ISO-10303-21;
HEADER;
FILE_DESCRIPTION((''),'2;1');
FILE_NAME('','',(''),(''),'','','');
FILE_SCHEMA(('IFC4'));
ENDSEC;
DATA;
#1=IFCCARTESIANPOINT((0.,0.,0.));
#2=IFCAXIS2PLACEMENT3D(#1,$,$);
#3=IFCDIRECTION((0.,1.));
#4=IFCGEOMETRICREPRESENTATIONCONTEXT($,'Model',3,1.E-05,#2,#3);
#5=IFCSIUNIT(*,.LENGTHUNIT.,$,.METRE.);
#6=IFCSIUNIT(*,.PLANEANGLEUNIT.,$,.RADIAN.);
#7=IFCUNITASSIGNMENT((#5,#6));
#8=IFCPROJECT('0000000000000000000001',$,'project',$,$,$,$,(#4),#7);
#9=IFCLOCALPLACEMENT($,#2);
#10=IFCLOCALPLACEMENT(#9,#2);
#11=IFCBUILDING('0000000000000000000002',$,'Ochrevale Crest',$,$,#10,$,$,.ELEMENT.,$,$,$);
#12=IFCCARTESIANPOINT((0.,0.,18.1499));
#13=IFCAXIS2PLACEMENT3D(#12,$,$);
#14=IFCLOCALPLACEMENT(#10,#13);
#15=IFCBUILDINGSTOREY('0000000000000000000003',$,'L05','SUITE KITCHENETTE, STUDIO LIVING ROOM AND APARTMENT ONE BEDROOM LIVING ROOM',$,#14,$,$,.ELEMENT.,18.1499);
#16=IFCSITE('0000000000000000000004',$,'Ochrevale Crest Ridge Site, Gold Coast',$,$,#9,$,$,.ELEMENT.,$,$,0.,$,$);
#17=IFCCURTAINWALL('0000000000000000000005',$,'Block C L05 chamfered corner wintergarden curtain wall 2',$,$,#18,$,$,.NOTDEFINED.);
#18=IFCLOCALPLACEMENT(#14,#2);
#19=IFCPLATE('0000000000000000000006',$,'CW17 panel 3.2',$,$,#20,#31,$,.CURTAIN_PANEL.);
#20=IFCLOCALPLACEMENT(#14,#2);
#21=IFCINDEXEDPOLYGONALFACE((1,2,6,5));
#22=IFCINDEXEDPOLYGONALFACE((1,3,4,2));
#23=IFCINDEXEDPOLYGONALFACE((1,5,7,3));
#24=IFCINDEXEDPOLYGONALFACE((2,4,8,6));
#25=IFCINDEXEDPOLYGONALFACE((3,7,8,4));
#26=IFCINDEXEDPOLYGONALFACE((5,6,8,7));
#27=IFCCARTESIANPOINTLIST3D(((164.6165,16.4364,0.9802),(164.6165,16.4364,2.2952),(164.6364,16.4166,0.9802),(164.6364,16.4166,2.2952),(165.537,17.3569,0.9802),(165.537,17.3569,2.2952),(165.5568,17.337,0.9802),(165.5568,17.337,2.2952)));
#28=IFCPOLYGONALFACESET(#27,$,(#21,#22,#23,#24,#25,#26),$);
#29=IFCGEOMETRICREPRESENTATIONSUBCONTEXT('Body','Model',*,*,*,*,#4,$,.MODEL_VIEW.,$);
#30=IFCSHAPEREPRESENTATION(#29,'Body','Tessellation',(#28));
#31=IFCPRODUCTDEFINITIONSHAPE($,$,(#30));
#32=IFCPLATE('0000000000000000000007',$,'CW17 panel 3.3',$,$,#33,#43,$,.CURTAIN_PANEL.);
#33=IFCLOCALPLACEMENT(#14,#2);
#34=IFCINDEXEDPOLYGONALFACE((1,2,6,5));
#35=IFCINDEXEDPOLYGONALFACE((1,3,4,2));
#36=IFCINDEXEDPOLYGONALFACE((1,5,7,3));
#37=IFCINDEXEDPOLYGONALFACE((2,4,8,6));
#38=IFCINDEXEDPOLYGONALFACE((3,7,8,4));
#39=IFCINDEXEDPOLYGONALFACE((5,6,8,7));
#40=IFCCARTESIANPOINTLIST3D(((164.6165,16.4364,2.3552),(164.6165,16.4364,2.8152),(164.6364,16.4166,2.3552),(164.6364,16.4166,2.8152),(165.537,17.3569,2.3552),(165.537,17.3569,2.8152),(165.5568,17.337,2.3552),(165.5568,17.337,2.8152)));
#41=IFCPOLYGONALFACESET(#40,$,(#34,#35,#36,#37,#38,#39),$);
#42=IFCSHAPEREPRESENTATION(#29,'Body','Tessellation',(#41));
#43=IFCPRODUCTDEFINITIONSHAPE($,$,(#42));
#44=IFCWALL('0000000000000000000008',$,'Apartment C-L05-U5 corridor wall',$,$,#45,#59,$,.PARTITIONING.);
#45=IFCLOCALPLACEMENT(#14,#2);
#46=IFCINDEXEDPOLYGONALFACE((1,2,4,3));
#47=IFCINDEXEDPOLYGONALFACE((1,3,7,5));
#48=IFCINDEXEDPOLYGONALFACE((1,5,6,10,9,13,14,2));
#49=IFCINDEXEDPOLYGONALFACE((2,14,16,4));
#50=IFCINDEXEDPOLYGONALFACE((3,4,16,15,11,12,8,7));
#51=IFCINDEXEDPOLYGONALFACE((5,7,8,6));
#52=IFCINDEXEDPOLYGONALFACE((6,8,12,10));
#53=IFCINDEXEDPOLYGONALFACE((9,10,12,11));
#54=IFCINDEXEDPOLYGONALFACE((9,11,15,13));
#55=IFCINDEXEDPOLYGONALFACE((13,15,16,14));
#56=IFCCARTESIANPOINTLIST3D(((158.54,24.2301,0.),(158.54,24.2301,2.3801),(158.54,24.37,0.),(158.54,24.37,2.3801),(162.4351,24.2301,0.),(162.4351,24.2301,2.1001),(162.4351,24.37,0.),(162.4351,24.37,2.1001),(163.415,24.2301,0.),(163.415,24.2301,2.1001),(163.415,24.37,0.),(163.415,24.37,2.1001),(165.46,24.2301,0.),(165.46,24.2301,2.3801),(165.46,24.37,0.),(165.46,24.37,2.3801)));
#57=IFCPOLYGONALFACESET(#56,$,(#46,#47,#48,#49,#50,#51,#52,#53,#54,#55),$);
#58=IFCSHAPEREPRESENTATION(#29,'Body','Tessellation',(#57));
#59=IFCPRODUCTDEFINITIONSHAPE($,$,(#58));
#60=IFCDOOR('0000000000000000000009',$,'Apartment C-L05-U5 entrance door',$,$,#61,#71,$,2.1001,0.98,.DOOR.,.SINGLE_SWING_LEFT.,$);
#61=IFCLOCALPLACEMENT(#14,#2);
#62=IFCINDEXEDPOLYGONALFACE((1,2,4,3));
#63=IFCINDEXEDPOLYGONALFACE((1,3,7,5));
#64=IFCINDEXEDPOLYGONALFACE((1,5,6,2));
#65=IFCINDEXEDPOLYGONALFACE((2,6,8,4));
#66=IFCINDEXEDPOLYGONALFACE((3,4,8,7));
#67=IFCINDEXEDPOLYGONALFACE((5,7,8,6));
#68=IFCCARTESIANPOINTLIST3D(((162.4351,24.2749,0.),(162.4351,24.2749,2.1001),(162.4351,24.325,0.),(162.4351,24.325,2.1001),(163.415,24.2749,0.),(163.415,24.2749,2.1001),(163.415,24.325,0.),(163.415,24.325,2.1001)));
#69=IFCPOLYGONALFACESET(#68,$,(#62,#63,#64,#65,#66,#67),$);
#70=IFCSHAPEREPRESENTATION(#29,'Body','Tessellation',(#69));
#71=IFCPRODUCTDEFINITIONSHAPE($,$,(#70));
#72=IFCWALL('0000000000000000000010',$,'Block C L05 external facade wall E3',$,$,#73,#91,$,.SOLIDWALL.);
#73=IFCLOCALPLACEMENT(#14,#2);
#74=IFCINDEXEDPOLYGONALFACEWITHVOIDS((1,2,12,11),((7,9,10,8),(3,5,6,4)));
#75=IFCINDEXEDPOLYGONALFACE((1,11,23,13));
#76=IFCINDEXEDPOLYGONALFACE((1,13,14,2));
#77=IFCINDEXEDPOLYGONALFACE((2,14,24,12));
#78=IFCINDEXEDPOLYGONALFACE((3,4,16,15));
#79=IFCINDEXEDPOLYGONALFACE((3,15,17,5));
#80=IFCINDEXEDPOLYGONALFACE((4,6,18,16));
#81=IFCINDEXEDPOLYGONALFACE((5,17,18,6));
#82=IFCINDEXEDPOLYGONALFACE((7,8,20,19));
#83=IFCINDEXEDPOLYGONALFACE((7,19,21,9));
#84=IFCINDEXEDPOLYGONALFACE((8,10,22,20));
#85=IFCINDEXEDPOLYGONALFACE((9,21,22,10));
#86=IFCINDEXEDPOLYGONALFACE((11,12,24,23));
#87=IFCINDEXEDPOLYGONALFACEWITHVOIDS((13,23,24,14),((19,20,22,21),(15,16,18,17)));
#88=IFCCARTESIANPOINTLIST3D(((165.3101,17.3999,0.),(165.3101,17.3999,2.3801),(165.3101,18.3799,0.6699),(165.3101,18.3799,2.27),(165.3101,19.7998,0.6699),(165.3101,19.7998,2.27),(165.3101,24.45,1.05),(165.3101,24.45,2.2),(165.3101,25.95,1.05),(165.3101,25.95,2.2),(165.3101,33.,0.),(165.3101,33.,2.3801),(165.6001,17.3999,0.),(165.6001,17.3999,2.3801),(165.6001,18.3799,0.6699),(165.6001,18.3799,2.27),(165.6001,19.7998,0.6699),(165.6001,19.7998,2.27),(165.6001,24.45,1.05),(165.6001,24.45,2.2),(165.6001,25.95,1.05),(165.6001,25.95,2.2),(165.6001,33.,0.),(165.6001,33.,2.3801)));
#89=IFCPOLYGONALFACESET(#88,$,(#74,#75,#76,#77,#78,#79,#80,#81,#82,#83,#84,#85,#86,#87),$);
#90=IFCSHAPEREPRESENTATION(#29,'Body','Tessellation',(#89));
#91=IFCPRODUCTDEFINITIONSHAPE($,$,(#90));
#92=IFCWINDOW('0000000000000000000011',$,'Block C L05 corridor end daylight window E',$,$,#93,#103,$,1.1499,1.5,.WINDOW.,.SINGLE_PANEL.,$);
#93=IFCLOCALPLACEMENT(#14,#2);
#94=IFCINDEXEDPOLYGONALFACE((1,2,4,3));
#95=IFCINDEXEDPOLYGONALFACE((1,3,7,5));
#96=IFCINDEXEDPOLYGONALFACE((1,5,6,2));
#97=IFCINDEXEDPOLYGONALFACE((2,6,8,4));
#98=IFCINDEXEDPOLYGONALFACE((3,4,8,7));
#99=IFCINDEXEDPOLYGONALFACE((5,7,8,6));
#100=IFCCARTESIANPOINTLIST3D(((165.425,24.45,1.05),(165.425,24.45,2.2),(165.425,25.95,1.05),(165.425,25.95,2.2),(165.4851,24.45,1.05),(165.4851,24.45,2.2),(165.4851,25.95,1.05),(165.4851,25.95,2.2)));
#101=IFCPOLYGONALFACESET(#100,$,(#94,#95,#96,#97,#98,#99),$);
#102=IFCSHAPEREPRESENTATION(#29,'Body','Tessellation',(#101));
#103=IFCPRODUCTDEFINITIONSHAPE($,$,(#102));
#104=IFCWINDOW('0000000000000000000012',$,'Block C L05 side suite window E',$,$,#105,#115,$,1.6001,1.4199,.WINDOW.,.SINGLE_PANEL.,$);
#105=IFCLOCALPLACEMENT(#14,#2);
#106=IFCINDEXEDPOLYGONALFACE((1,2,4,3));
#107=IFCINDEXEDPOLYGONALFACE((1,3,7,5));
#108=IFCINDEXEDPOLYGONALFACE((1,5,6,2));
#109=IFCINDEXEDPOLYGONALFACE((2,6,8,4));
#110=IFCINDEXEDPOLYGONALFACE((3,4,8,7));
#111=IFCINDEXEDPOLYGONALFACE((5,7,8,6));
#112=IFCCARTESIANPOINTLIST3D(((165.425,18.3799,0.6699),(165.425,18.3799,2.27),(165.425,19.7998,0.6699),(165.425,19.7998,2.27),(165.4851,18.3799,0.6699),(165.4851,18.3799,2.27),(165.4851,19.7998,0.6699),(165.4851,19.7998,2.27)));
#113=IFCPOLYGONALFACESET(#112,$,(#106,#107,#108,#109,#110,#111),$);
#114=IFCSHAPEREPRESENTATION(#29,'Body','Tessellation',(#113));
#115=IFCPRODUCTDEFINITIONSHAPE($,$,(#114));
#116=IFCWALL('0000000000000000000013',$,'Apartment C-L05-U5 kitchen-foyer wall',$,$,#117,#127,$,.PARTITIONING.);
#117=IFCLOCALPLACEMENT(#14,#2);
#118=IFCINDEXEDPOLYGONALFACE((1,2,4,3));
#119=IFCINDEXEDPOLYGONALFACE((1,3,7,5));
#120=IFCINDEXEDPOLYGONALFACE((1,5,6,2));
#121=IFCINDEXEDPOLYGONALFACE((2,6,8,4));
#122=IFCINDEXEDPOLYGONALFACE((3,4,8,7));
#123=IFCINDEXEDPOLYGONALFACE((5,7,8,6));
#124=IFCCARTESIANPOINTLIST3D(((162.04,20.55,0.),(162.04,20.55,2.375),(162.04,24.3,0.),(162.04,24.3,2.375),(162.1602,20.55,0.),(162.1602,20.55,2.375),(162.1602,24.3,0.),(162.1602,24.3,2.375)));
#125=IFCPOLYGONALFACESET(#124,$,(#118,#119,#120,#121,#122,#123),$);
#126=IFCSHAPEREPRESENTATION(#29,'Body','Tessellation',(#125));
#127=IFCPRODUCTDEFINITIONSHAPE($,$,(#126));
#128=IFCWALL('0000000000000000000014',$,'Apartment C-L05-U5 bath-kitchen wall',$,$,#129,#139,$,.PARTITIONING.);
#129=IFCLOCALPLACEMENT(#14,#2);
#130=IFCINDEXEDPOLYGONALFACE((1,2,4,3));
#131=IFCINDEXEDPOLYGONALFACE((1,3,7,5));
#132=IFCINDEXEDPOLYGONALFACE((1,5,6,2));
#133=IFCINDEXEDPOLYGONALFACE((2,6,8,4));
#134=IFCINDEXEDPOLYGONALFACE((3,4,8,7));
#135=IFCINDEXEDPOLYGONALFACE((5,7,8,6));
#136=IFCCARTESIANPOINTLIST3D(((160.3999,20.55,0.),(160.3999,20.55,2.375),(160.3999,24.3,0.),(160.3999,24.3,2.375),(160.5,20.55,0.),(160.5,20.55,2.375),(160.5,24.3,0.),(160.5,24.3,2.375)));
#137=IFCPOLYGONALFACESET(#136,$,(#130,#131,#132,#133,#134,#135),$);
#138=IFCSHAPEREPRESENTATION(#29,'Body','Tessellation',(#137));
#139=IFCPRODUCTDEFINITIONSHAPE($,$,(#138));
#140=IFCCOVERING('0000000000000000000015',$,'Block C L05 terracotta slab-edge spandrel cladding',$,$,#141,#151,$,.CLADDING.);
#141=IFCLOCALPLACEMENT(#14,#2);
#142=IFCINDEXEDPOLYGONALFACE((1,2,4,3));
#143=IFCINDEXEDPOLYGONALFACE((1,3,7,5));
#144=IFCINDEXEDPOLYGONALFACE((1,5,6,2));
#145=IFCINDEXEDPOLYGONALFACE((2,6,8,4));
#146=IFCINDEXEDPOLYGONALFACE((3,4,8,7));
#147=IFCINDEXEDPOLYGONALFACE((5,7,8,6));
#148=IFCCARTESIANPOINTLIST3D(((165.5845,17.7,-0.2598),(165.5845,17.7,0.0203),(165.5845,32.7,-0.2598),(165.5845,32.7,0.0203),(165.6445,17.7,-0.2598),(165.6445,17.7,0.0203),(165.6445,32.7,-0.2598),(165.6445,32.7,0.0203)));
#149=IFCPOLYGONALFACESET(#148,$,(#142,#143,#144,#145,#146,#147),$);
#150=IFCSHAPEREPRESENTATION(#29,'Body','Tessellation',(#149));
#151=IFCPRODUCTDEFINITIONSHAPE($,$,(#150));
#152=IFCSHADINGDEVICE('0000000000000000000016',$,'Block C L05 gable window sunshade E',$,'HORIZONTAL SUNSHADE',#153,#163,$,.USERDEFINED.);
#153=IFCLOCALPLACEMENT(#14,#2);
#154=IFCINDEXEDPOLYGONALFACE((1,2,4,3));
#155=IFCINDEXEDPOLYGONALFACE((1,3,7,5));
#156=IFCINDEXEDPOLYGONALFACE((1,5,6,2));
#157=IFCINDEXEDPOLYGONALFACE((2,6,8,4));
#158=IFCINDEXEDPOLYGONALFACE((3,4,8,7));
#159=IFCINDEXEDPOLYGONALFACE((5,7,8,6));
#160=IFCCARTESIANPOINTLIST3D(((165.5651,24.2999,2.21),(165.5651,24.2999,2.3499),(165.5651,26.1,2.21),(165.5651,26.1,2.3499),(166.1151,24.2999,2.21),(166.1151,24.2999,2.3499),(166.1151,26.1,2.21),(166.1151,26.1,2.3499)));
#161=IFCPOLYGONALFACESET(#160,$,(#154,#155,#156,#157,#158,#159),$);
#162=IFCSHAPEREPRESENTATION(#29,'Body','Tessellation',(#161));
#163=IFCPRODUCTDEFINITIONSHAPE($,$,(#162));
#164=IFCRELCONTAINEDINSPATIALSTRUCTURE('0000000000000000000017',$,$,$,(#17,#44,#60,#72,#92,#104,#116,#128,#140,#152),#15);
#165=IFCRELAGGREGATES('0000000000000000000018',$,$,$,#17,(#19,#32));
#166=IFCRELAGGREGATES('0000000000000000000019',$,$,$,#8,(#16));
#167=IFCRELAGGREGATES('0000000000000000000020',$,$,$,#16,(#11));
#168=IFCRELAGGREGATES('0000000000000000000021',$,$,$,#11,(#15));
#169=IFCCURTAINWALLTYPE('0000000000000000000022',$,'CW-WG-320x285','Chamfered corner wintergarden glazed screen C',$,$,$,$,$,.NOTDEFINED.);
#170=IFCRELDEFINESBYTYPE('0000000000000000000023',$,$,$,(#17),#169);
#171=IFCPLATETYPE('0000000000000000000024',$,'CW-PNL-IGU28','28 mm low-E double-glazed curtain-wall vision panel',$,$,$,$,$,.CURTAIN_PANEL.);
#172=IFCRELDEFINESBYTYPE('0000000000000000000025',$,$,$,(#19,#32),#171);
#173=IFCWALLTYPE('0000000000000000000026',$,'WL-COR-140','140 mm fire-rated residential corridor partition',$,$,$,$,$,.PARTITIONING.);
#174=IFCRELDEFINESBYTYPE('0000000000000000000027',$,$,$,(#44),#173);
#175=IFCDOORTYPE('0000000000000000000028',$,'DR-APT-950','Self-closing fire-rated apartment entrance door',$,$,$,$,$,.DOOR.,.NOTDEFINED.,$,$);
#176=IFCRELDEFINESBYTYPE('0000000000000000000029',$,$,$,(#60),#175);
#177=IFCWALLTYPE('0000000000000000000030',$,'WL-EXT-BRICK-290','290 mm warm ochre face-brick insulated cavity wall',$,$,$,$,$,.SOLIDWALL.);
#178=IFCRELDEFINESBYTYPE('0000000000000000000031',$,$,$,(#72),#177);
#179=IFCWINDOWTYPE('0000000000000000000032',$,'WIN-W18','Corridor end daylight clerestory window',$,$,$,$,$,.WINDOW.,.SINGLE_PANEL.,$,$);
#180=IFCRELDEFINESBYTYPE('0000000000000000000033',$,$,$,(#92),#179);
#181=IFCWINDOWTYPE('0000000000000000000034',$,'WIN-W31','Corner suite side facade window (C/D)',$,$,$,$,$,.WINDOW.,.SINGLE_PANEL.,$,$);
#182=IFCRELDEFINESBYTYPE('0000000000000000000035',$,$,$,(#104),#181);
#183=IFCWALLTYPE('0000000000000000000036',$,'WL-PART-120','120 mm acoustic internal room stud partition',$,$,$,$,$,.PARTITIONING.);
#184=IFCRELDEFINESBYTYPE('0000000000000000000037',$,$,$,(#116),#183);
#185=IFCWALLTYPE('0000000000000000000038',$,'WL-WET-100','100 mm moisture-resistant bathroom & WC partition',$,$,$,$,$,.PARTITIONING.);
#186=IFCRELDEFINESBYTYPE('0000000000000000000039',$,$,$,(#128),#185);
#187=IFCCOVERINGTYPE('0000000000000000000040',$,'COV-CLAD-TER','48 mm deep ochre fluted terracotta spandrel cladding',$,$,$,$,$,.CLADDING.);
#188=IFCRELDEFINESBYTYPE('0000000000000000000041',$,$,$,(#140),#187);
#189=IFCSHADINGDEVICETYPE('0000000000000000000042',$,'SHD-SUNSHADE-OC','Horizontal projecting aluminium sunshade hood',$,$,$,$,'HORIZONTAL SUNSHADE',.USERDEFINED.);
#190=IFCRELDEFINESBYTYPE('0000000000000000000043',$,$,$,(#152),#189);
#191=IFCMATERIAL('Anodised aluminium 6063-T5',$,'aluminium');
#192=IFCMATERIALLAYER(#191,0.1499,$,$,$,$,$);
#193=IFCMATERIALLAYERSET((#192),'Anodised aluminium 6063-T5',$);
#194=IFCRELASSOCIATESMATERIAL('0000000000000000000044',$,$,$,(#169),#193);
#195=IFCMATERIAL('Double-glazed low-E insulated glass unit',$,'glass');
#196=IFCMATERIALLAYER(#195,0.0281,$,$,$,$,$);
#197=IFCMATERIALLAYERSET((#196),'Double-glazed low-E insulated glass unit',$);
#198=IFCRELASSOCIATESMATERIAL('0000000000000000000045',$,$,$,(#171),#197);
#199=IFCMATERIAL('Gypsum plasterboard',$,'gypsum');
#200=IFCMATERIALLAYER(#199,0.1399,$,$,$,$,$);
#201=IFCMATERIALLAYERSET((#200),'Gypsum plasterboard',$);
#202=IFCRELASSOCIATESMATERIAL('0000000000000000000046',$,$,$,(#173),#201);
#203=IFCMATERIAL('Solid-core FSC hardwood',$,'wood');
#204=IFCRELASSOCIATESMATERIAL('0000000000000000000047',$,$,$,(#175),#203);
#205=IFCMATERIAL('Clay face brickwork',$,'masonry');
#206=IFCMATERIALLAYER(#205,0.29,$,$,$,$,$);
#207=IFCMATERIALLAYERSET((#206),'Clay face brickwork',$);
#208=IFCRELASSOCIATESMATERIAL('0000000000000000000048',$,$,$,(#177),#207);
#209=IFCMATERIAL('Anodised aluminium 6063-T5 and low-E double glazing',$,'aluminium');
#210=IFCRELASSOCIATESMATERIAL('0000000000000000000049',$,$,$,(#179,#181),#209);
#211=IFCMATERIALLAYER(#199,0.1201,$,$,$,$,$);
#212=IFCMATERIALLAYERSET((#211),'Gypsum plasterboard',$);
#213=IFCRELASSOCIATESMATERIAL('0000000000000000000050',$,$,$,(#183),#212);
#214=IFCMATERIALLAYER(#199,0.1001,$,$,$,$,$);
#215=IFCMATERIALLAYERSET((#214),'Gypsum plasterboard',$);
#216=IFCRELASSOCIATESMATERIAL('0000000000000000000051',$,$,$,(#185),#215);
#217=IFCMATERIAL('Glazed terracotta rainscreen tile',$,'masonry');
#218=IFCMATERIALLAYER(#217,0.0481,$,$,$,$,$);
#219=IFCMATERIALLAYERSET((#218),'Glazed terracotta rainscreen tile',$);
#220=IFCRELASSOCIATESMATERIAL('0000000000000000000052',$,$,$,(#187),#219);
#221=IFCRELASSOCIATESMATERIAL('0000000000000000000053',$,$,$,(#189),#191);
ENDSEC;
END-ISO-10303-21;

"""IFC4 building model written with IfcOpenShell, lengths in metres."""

from ifc_helpers import new_model, si_unit, direction, frame, frame_2d, origin, origin_2d, place, context, subcontext, project, spatial, rectangle, extrude, material, layer, layer_set, type_object, element, fill, aggregate, save


model = new_model("IFC4")

# Units and contexts
model_context = context("Model", 3, precision=1e-05, world=origin(), true_north=direction((0.0, 1.0)))
body_context = subcontext(model_context, "Body", "Model", "MODEL_VIEW")
ifc_project = project(units=[si_unit("LENGTHUNIT", "METRE"), si_unit("PLANEANGLEUNIT", "RADIAN")], contexts=[model_context])

# Site, building, storey
site_placement = place(None, origin())
site = spatial("IfcSite", under=ifc_project, at=site_placement, Name="Ochrevale Crest Ridge Site, Gold Coast", CompositionType="ELEMENT", RefElevation=0.0)
building_placement = place(site_placement, origin())
building = spatial("IfcBuilding", under=site, at=building_placement, Name="Ochrevale Crest", CompositionType="ELEMENT")
storey_placement = place(building_placement, frame((0.0, 0.0, 18.1499)))
storey = spatial("IfcBuildingStorey", under=building, at=storey_placement, Name="L05", Description="SUITE KITCHENETTE, STUDIO LIVING ROOM AND APARTMENT ONE BEDROOM LIVING ROOM", CompositionType="ELEMENT", Elevation=18.1499)

# Curtain wall, plates
ifc_material_1 = material(Name="Anodised aluminium 6063-T5", Category="aluminium")
ifc_layer_1 = layer(ifc_material_1, 0.1499)
ifc_layer_set_1 = layer_set([ifc_layer_1], Name="Anodised aluminium 6063-T5")
curtain_wall_type = type_object("IfcCurtainWallType", Name="CW-WG-320x285", Description="Chamfered corner wintergarden glazed screen C", PredefinedType="NOTDEFINED", material=ifc_layer_set_1)
curtain_wall_placement = place(storey_placement, origin())
curtain_wall = element("IfcCurtainWall", 1, at=curtain_wall_placement, inside=storey, type_object=curtain_wall_type, Name="Block C L05 chamfered corner wintergarden curtain wall 2", PredefinedType="NOTDEFINED")
ifc_material_2 = material(Name="Double-glazed low-E insulated glass unit", Category="glass")
ifc_layer_2 = layer(ifc_material_2, 0.0281)
ifc_layer_set_2 = layer_set([ifc_layer_2], Name="Double-glazed low-E insulated glass unit")
plate_type = type_object("IfcPlateType", Name="CW-PNL-IGU28", Description="28 mm low-E double-glazed curtain-wall vision panel", PredefinedType="CURTAIN_PANEL", material=ifc_layer_set_2)
plate_1_placement = place(storey_placement, frame((165.0867, 16.8867, 0.9802), z_axis=(0.0, 0.0, 1.0), x_axis=(0.707107, 0.707107, 0.0)))
plate_1 = element("IfcPlate", 2, at=plate_1_placement, type_object=plate_type, Name="CW17 panel 3.2", PredefinedType="CURTAIN_PANEL", context=body_context, shape_type="SweptSolid", body=[
    extrude(rectangle(XDim=1.3018, YDim=0.0281, at=origin_2d()), origin(), (0.0, 0.0, 1.0), 1.3149),
])
plate_2_placement = place(storey_placement, frame((165.0867, 16.8867, 2.3552), z_axis=(0.0, 0.0, 1.0), x_axis=(0.707107, 0.707107, 0.0)))
plate_2 = element("IfcPlate", 3, at=plate_2_placement, type_object=plate_type, Name="CW17 panel 3.3", PredefinedType="CURTAIN_PANEL", context=body_context, shape_type="SweptSolid", body=[
    extrude(rectangle(XDim=1.3018, YDim=0.0281, at=origin_2d()), origin(), (0.0, 0.0, 1.0), 0.46),
])
aggregate(curtain_wall, [plate_1, plate_2])

# Wall, opening, door
ifc_material_3 = material(Name="Gypsum plasterboard", Category="gypsum")
ifc_layer_3 = layer(ifc_material_3, 0.1399)
ifc_layer_set_3 = layer_set([ifc_layer_3], Name="Gypsum plasterboard")
wall_type_1 = type_object("IfcWallType", Name="WL-COR-140", Description="140 mm fire-rated residential corridor partition", PredefinedType="PARTITIONING", material=ifc_layer_set_3)
wall_1_placement = place(storey_placement, frame((158.54, 24.3, 0.0), z_axis=(0.0, 0.0, 1.0), x_axis=(1.0, 0.0, 0.0)))
wall_1 = element("IfcWall", 4, at=wall_1_placement, inside=storey, type_object=wall_type_1, Name="Apartment C-L05-U5 corridor wall", PredefinedType="PARTITIONING", context=body_context, shape_type="SweptSolid", body=[
    extrude(rectangle(XDim=6.9199, YDim=0.1399, at=frame_2d((3.46, 0.0))), origin(), (0.0, 0.0, 1.0), 2.3801),
])
opening_1_placement = place(wall_1_placement, frame((3.895, 0.0, 0.0)))
opening_1 = element("IfcOpeningElement", 5, at=opening_1_placement, cuts=wall_1, PredefinedType="OPENING", context=body_context, shape_type="SweptSolid", body=[
    extrude(rectangle(XDim=0.98, YDim=2.1001, at=frame_2d((0.49, 1.05))), frame((0.0, 0.0801, 0.0), z_axis=(0.0, -1.0, 0.0), x_axis=(1.0, 0.0, 0.0)), (0.0, 0.0, 1.0), 0.1599),
])
ifc_material_4 = material(Name="Solid-core FSC hardwood", Category="wood")
door_type = type_object("IfcDoorType", Name="DR-APT-950", Description="Self-closing fire-rated apartment entrance door", OperationType="NOTDEFINED", PredefinedType="DOOR", material=ifc_material_4)
door_placement = place(opening_1_placement, origin())
door = element("IfcDoor", 6, at=door_placement, inside=storey, type_object=door_type, Name="Apartment C-L05-U5 entrance door", OperationType="SINGLE_SWING_LEFT", OverallHeight=2.1001, OverallWidth=0.98, PredefinedType="DOOR", context=body_context, shape_type="SweptSolid", body=[
    extrude(rectangle(XDim=0.98, YDim=2.1001, at=frame_2d((0.49, 1.05))), frame((0.0, 0.0249, 0.0), z_axis=(0.0, -1.0, 0.0), x_axis=(1.0, 0.0, 0.0)), (0.0, 0.0, 1.0), 0.05),
])
fill(opening_1, door)

# Wall, openings, windows
ifc_material_5 = material(Name="Clay face brickwork", Category="masonry")
ifc_layer_4 = layer(ifc_material_5, 0.29)
ifc_layer_set_4 = layer_set([ifc_layer_4], Name="Clay face brickwork")
wall_type_2 = type_object("IfcWallType", Name="WL-EXT-BRICK-290", Description="290 mm warm ochre face-brick insulated cavity wall", PredefinedType="SOLIDWALL", material=ifc_layer_set_4)
wall_2_placement = place(storey_placement, frame((165.4551, 17.3999, 0.0), z_axis=(0.0, 0.0, 1.0), x_axis=(0.0, 1.0, 0.0)))
wall_2 = element("IfcWall", 7, at=wall_2_placement, inside=storey, type_object=wall_type_2, Name="Block C L05 external facade wall E3", PredefinedType="SOLIDWALL", context=body_context, shape_type="SweptSolid", body=[
    extrude(rectangle(XDim=15.6001, YDim=0.29, at=frame_2d((7.8, 0.0))), origin(), (0.0, 0.0, 1.0), 2.3801),
])
opening_2_placement = place(wall_2_placement, frame((7.05, 0.0, 1.05)))
opening_2 = element("IfcOpeningElement", 8, at=opening_2_placement, cuts=wall_2, PredefinedType="OPENING", context=body_context, shape_type="SweptSolid", body=[
    extrude(rectangle(XDim=1.5, YDim=1.1499, at=frame_2d((0.75, 0.575))), frame((0.0, 0.155, 0.0), z_axis=(0.0, -1.0, 0.0), x_axis=(1.0, 0.0, 0.0)), (0.0, 0.0, 1.0), 0.3101),
])
opening_3_placement = place(wall_2_placement, frame((0.98, 0.0, 0.6699)))
opening_3 = element("IfcOpeningElement", 9, at=opening_3_placement, cuts=wall_2, PredefinedType="OPENING", context=body_context, shape_type="SweptSolid", body=[
    extrude(rectangle(XDim=1.4199, YDim=1.6001, at=frame_2d((0.71, 0.8))), frame((0.0, 0.155, 0.0), z_axis=(0.0, -1.0, 0.0), x_axis=(1.0, 0.0, 0.0)), (0.0, 0.0, 1.0), 0.3101),
])
ifc_material_6 = material(Name="Anodised aluminium 6063-T5 and low-E double glazing", Category="aluminium")
window_type_1 = type_object("IfcWindowType", Name="WIN-W18", Description="Corridor end daylight clerestory window", PartitioningType="SINGLE_PANEL", PredefinedType="WINDOW", material=ifc_material_6)
window_1_placement = place(opening_2_placement, origin())
window_1 = element("IfcWindow", 10, at=window_1_placement, inside=storey, type_object=window_type_1, Name="Block C L05 corridor end daylight window E", OverallHeight=1.1499, OverallWidth=1.5, PartitioningType="SINGLE_PANEL", PredefinedType="WINDOW", context=body_context, shape_type="SweptSolid", body=[
    extrude(rectangle(XDim=1.5, YDim=1.1499, at=frame_2d((0.75, 0.575))), frame((0.0, 0.03, 0.0), z_axis=(0.0, -1.0, 0.0), x_axis=(1.0, 0.0, 0.0)), (0.0, 0.0, 1.0), 0.0601),
])
fill(opening_2, window_1)
window_type_2 = type_object("IfcWindowType", Name="WIN-W31", Description="Corner suite side facade window (C/D)", PartitioningType="SINGLE_PANEL", PredefinedType="WINDOW", material=ifc_material_6)
window_2_placement = place(opening_3_placement, origin())
window_2 = element("IfcWindow", 11, at=window_2_placement, inside=storey, type_object=window_type_2, Name="Block C L05 side suite window E", OverallHeight=1.6001, OverallWidth=1.4199, PartitioningType="SINGLE_PANEL", PredefinedType="WINDOW", context=body_context, shape_type="SweptSolid", body=[
    extrude(rectangle(XDim=1.4199, YDim=1.6001, at=frame_2d((0.71, 0.8))), frame((0.0, 0.03, 0.0), z_axis=(0.0, -1.0, 0.0), x_axis=(1.0, 0.0, 0.0)), (0.0, 0.0, 1.0), 0.0601),
])
fill(opening_3, window_2)

# Walls
ifc_layer_5 = layer(ifc_material_3, 0.1201)
ifc_layer_set_5 = layer_set([ifc_layer_5], Name="Gypsum plasterboard")
wall_type_3 = type_object("IfcWallType", Name="WL-PART-120", Description="120 mm acoustic internal room stud partition", PredefinedType="PARTITIONING", material=ifc_layer_set_5)
wall_3_placement = place(storey_placement, frame((162.1001, 20.55, 0.0), z_axis=(0.0, 0.0, 1.0), x_axis=(0.0, 1.0, 0.0)))
element("IfcWall", 12, at=wall_3_placement, inside=storey, type_object=wall_type_3, Name="Apartment C-L05-U5 kitchen-foyer wall", PredefinedType="PARTITIONING", context=body_context, shape_type="SweptSolid", body=[
    extrude(rectangle(XDim=3.75, YDim=0.1201, at=frame_2d((1.875, 0.0))), origin(), (0.0, 0.0, 1.0), 2.375),
])
ifc_layer_6 = layer(ifc_material_3, 0.1001)
ifc_layer_set_6 = layer_set([ifc_layer_6], Name="Gypsum plasterboard")
wall_type_4 = type_object("IfcWallType", Name="WL-WET-100", Description="100 mm moisture-resistant bathroom & WC partition", PredefinedType="PARTITIONING", material=ifc_layer_set_6)
wall_4_placement = place(storey_placement, frame((160.45, 20.55, 0.0), z_axis=(0.0, 0.0, 1.0), x_axis=(0.0, 1.0, 0.0)))
element("IfcWall", 13, at=wall_4_placement, inside=storey, type_object=wall_type_4, Name="Apartment C-L05-U5 bath-kitchen wall", PredefinedType="PARTITIONING", context=body_context, shape_type="SweptSolid", body=[
    extrude(rectangle(XDim=3.75, YDim=0.1001, at=frame_2d((1.875, 0.0))), origin(), (0.0, 0.0, 1.0), 2.375),
])

# Covering
ifc_material_7 = material(Name="Glazed terracotta rainscreen tile", Category="masonry")
ifc_layer_7 = layer(ifc_material_7, 0.0481)
ifc_layer_set_7 = layer_set([ifc_layer_7], Name="Glazed terracotta rainscreen tile")
covering_type = type_object("IfcCoveringType", Name="COV-CLAD-TER", Description="48 mm deep ochre fluted terracotta spandrel cladding", PredefinedType="CLADDING", material=ifc_layer_set_7)
covering_placement = place(storey_placement, frame((165.6145, 25.2, -0.2598), z_axis=(0.0, 0.0, 1.0), x_axis=(0.0, 1.0, 0.0)))
element("IfcCovering", 14, at=covering_placement, inside=storey, type_object=covering_type, Name="Block C L05 terracotta slab-edge spandrel cladding", PredefinedType="CLADDING", context=body_context, shape_type="SweptSolid", body=[
    extrude(rectangle(XDim=15.0, YDim=0.0601, at=origin_2d()), origin(), (0.0, 0.0, 1.0), 0.28),
])

# Shading device
shading_device_type = type_object("IfcShadingDeviceType", Name="SHD-SUNSHADE-OC", Description="Horizontal projecting aluminium sunshade hood", ElementType="HORIZONTAL SUNSHADE", PredefinedType="USERDEFINED", material=ifc_material_1)
shading_device_placement = place(storey_placement, frame((165.8401, 25.2, 2.21), z_axis=(0.0, 0.0, 1.0), x_axis=(1.0, 0.0, 0.0)))
element("IfcShadingDevice", 15, at=shading_device_placement, inside=storey, type_object=shading_device_type, Name="Block C L05 gable window sunshade E", ObjectType="HORIZONTAL SUNSHADE", PredefinedType="USERDEFINED", context=body_context, shape_type="SweptSolid", body=[
    extrude(rectangle(XDim=0.55, YDim=1.8, at=origin_2d()), origin(), (0.0, 0.0, 1.0), 0.1399),
])

save(model, "model.ifc")
